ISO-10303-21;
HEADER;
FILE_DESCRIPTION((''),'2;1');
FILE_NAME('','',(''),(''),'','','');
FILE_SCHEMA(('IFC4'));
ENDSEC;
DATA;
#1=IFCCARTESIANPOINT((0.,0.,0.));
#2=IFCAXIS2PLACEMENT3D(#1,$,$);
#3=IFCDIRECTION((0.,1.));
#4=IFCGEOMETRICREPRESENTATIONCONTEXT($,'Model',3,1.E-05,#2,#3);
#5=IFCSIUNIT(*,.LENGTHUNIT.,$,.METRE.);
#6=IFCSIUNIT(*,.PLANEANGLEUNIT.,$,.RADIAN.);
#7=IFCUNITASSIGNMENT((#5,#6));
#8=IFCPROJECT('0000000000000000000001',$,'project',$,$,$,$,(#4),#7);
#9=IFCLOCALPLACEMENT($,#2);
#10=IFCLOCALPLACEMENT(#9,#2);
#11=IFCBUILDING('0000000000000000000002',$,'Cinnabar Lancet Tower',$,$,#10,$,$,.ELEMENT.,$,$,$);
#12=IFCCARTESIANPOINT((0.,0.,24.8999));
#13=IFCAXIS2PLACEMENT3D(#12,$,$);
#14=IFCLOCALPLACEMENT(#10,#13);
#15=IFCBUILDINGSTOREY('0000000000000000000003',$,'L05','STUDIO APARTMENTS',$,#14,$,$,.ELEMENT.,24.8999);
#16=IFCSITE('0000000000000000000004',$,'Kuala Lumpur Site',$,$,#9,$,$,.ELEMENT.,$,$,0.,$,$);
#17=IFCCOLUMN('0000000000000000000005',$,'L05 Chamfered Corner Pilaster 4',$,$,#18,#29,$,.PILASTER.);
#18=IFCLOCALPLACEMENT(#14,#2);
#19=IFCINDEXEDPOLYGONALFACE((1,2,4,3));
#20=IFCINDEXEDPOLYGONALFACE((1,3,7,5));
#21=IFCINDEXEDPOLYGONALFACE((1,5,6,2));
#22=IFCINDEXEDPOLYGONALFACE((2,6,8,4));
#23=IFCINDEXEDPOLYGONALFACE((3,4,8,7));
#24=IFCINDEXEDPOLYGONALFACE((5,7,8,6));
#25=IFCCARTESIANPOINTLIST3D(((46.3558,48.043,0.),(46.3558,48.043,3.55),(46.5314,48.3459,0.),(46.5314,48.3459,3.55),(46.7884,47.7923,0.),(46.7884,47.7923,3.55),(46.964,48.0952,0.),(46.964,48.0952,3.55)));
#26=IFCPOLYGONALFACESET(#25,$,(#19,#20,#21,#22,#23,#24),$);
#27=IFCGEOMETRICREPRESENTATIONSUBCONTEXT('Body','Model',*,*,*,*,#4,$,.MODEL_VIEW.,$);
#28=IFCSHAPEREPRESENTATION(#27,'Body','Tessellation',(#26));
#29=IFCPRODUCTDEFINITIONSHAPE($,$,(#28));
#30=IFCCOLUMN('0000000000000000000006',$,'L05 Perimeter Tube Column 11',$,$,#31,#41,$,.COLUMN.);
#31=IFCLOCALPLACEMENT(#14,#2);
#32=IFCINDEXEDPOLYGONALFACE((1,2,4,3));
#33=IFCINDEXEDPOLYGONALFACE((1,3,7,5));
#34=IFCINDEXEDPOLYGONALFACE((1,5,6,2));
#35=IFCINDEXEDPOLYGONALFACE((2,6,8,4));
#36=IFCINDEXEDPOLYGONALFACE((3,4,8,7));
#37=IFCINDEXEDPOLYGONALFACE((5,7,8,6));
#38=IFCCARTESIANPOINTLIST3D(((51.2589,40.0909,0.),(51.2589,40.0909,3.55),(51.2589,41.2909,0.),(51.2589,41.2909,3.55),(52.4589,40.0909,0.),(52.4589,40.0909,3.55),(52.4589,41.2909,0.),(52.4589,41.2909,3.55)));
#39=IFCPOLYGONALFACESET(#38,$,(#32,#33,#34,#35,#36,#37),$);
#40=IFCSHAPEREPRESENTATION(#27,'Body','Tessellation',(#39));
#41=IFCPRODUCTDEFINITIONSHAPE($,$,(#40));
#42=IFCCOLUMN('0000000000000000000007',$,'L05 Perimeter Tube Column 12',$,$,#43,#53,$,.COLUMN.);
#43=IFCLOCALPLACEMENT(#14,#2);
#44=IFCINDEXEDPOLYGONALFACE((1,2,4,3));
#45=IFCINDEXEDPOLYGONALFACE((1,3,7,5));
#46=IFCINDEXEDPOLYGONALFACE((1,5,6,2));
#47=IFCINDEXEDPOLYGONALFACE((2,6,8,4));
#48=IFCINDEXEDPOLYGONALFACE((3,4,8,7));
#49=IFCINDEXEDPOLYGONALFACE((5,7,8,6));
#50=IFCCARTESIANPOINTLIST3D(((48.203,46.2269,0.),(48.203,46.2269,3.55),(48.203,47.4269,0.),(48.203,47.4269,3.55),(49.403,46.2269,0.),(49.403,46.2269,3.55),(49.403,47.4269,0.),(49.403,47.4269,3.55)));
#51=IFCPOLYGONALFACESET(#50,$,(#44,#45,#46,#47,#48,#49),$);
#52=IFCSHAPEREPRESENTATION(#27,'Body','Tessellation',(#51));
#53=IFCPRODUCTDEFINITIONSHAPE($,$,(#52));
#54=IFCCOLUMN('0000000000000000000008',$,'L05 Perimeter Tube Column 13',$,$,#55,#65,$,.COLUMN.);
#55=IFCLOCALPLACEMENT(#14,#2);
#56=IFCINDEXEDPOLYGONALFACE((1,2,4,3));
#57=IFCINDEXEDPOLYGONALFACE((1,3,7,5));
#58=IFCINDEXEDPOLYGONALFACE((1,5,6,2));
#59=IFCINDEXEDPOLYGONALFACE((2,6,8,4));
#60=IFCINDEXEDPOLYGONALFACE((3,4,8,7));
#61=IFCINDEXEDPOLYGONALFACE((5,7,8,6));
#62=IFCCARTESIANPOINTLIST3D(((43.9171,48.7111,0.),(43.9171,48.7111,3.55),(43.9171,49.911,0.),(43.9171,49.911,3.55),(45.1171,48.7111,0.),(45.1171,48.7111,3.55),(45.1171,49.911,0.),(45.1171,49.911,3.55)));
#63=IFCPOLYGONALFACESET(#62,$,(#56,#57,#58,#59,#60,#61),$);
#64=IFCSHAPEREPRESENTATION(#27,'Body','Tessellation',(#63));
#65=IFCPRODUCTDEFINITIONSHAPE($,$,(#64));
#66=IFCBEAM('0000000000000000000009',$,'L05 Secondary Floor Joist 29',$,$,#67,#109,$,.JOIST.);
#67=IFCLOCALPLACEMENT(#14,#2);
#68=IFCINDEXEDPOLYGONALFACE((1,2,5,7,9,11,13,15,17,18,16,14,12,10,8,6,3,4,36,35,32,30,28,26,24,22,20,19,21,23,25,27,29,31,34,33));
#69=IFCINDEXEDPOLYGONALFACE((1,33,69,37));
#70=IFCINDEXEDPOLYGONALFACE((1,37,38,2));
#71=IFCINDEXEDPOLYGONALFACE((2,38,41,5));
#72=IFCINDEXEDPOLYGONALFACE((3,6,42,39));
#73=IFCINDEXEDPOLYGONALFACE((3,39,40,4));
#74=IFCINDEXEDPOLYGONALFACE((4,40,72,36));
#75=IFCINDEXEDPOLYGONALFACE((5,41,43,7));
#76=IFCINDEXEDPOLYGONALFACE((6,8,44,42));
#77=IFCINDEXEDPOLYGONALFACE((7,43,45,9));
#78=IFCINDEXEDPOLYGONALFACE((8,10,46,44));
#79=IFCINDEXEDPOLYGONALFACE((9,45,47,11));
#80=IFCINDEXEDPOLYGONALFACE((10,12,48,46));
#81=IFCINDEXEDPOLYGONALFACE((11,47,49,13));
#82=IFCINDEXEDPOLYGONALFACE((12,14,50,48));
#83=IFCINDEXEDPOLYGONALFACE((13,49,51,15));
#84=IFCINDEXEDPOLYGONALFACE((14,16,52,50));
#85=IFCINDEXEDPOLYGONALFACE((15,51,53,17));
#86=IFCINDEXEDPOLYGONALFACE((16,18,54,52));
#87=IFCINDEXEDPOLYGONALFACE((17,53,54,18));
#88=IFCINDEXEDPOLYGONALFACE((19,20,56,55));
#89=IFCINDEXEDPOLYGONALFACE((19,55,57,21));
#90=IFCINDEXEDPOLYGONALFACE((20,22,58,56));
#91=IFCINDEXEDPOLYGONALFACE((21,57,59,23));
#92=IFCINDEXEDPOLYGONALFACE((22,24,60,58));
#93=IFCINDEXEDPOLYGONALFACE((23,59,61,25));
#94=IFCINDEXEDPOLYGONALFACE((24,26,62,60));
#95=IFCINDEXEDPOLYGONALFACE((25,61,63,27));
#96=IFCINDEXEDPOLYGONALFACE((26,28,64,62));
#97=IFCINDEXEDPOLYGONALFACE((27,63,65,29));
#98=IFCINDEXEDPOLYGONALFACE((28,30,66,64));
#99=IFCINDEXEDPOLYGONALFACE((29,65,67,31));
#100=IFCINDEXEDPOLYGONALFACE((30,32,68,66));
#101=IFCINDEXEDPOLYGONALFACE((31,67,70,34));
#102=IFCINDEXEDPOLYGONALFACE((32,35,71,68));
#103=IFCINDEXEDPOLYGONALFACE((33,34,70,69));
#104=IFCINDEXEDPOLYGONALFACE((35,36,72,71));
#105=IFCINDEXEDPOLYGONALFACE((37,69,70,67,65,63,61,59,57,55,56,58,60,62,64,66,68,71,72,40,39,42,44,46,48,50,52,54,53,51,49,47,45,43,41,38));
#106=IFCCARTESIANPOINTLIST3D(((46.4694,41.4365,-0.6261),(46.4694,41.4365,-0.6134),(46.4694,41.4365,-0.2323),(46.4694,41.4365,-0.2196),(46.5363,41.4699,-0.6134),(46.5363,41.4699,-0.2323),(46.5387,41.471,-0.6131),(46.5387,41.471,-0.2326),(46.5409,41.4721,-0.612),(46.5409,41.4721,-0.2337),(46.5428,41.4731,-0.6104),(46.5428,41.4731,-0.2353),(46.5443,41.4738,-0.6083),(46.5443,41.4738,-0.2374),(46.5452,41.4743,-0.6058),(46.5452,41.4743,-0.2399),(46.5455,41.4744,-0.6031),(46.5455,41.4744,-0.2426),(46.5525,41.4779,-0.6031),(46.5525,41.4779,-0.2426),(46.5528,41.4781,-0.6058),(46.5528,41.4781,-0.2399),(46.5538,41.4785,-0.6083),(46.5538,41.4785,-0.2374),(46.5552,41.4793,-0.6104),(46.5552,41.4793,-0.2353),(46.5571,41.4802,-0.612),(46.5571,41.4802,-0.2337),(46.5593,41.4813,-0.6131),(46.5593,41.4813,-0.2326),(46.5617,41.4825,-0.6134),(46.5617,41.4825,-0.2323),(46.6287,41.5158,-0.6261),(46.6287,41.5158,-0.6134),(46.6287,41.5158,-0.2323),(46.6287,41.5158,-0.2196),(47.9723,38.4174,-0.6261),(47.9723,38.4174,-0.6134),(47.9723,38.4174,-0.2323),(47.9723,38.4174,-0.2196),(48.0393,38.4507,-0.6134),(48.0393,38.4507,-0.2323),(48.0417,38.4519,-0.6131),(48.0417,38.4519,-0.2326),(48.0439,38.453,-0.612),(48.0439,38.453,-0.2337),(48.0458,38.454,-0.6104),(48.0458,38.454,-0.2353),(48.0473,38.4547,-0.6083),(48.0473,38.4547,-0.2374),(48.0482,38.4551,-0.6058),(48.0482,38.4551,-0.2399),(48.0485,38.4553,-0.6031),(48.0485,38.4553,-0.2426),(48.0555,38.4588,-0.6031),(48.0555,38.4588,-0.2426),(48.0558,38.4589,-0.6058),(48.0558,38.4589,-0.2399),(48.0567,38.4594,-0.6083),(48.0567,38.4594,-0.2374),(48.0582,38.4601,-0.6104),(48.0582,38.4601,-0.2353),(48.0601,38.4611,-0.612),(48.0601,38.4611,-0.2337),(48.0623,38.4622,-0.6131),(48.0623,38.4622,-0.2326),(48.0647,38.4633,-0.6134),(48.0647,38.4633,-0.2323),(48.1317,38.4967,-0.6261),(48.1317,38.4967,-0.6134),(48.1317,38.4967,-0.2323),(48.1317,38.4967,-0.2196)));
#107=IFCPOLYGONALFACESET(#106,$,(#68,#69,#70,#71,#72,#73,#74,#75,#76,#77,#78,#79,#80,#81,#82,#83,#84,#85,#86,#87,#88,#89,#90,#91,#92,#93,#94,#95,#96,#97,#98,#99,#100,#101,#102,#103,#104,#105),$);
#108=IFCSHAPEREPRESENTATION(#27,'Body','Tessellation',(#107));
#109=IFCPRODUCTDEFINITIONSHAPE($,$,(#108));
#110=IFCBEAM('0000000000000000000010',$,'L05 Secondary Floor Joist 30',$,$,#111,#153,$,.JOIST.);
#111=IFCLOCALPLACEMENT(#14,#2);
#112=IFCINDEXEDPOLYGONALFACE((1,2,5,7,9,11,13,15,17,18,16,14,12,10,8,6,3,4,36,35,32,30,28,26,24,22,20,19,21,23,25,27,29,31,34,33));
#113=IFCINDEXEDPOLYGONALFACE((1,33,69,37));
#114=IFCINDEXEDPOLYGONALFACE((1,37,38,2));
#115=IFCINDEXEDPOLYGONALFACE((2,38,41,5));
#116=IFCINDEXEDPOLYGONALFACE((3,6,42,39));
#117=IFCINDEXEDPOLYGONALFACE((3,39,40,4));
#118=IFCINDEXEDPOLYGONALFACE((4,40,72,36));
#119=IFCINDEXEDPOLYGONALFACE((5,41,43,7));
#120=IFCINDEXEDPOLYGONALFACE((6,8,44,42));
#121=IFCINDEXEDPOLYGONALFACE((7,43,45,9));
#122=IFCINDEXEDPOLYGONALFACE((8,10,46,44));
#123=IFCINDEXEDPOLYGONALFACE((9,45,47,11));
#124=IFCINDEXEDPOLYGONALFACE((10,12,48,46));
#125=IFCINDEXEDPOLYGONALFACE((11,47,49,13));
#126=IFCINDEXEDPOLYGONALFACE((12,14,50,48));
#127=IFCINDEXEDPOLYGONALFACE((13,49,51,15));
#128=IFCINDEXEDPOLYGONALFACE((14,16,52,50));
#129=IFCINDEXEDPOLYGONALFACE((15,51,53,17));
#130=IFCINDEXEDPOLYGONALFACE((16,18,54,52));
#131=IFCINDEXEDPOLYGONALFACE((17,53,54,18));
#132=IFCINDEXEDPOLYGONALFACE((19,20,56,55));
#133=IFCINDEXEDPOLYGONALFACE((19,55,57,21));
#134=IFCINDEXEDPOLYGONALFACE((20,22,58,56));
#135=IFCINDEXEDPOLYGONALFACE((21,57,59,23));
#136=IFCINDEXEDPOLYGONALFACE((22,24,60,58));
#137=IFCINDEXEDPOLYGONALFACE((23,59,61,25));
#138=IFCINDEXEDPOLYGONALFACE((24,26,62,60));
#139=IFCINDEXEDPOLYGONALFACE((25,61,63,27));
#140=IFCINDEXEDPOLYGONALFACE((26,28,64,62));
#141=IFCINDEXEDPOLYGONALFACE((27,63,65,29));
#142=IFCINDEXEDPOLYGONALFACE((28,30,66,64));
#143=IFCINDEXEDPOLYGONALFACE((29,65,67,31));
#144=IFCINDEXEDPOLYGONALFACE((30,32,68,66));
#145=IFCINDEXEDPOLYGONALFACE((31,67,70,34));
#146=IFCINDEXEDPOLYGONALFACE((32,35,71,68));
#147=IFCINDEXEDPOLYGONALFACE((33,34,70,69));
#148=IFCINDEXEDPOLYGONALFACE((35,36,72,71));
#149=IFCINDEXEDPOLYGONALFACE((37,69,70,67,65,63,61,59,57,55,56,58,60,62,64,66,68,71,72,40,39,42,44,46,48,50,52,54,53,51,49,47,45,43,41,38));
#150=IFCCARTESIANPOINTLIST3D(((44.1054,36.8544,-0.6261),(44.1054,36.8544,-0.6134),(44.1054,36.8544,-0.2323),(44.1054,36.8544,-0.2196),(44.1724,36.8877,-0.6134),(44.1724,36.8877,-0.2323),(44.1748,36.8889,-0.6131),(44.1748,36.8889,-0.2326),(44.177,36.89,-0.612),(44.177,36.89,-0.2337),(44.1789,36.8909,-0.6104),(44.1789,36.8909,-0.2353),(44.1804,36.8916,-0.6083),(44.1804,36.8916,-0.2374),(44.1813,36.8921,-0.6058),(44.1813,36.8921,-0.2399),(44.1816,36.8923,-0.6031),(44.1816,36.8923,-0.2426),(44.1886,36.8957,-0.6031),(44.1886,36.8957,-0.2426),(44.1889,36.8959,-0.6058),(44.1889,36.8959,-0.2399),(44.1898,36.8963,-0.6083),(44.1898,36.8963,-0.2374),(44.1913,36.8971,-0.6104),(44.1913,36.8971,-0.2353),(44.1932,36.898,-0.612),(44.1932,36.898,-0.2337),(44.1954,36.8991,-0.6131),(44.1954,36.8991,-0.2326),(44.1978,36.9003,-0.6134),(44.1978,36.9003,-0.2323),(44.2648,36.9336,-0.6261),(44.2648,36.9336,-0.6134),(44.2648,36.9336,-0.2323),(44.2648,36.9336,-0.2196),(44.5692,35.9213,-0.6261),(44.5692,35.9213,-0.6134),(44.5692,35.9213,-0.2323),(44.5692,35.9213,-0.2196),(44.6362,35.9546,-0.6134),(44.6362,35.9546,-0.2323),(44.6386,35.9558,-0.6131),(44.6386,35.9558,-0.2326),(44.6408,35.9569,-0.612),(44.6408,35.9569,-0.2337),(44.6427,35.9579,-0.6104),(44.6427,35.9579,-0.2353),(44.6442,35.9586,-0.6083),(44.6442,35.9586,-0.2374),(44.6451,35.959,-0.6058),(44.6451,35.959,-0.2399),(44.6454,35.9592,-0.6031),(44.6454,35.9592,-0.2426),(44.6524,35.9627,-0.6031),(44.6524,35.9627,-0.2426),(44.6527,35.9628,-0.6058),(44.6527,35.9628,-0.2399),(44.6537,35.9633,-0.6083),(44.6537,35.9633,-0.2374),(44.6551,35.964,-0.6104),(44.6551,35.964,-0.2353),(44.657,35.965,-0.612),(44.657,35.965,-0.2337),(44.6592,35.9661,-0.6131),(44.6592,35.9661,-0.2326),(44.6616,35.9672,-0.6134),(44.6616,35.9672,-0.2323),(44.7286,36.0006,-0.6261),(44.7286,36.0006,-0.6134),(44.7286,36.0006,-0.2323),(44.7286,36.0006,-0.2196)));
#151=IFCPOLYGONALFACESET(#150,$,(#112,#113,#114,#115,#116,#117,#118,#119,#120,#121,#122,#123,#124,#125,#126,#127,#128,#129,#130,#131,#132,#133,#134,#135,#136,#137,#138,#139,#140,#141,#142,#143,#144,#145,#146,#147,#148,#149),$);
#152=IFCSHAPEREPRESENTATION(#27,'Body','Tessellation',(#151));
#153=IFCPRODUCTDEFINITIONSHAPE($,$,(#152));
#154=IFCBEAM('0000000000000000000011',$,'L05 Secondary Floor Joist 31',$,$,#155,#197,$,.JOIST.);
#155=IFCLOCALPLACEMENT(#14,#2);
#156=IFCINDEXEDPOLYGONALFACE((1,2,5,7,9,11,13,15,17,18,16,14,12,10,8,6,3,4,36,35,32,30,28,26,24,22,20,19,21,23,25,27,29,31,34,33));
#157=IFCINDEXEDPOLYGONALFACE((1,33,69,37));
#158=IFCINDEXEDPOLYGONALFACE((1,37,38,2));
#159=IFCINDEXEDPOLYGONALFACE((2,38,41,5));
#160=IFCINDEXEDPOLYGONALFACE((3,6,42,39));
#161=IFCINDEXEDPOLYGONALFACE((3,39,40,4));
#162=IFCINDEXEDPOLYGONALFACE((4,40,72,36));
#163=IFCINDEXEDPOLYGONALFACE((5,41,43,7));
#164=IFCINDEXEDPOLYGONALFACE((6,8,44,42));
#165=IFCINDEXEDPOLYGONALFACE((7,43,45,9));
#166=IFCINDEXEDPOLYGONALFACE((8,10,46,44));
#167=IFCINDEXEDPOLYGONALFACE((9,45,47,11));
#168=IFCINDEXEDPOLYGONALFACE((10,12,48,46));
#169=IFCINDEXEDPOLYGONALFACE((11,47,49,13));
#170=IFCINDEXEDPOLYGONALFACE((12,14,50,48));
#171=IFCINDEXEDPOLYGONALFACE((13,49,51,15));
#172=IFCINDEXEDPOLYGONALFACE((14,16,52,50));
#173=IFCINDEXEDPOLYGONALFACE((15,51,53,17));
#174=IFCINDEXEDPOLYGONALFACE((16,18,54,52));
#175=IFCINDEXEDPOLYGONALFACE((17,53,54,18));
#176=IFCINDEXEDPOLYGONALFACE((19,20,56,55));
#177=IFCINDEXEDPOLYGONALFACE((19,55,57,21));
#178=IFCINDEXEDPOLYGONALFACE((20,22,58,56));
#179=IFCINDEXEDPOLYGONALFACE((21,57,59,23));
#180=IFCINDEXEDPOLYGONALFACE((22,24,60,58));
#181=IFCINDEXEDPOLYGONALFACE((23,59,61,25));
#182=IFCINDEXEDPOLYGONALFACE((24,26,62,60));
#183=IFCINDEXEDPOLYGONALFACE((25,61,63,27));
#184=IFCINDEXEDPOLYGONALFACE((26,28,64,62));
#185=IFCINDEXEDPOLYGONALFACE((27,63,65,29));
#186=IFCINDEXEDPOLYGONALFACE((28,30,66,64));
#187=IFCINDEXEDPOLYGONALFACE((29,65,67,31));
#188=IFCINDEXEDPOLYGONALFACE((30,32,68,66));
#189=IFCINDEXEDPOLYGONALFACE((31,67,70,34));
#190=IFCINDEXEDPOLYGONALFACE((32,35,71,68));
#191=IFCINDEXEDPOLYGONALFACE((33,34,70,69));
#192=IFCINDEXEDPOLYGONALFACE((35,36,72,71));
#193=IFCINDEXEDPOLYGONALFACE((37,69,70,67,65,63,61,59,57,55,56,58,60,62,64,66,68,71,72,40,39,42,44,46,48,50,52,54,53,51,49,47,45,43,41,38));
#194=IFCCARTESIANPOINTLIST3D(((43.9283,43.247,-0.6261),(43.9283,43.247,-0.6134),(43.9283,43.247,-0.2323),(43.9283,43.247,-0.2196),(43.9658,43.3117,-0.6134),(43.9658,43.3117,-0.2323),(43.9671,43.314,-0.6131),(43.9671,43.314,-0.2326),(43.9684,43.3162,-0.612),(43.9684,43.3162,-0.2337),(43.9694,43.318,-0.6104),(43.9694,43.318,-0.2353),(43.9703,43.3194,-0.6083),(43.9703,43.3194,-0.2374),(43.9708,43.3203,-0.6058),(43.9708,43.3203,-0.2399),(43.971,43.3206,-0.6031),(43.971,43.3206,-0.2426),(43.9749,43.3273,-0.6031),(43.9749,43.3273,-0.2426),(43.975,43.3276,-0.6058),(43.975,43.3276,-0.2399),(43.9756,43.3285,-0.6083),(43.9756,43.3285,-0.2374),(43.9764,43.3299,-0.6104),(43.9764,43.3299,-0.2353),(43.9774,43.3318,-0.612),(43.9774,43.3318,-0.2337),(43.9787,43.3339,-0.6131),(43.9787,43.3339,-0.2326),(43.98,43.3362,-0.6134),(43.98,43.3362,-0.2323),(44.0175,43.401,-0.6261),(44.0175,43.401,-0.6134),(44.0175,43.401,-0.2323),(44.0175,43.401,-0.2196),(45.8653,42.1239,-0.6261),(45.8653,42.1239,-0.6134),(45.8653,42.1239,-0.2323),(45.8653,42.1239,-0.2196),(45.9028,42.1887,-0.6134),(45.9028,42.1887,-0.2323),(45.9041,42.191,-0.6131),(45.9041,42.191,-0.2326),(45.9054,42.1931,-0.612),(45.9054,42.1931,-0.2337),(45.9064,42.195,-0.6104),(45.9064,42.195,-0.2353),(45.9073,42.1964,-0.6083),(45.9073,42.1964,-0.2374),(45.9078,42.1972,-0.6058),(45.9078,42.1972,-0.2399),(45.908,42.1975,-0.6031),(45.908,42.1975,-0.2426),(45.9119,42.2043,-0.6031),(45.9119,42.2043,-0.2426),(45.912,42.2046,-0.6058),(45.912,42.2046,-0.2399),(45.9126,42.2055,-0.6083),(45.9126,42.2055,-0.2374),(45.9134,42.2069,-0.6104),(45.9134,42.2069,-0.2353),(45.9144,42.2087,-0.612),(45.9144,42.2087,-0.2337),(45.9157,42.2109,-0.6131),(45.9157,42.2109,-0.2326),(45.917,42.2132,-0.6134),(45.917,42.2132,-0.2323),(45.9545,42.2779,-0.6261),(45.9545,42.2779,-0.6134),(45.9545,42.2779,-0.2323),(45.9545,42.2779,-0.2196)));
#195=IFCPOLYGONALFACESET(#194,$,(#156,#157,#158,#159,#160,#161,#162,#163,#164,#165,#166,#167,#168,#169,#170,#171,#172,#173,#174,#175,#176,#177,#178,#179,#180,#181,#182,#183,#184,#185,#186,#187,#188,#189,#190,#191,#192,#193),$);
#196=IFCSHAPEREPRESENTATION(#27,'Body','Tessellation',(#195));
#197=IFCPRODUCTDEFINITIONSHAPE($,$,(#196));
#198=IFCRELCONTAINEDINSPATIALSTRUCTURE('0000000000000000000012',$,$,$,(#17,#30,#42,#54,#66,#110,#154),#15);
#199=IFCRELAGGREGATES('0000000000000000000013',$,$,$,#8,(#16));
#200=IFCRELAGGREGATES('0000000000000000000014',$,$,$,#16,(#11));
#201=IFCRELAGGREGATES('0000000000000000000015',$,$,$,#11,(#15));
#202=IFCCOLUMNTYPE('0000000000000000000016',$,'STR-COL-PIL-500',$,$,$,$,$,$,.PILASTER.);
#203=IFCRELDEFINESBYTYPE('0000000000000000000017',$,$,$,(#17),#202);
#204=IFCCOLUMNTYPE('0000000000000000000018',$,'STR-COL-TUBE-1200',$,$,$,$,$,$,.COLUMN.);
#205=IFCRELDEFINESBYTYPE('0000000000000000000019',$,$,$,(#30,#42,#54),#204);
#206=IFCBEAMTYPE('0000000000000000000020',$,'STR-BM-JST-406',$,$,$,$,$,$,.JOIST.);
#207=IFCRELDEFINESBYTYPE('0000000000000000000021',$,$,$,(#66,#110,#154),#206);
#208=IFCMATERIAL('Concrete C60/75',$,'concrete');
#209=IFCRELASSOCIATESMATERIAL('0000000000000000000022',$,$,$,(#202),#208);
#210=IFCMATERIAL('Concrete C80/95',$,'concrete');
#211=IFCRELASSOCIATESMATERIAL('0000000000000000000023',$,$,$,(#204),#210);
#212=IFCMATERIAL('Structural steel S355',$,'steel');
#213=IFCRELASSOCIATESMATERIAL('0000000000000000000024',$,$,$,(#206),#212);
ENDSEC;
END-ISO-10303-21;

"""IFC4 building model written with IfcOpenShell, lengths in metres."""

from ifc_helpers import new_model, si_unit, direction, frame, origin, origin_2d, place, context, subcontext, project, spatial, rectangle, i_section, extrude, material, material_profile, profile_set, type_object, element, save


model = new_model("IFC4")

# Units and contexts
model_context = context("Model", 3, precision=1e-05, world=origin(), true_north=direction((0.0, 1.0)))
body_context = subcontext(model_context, "Body", "Model", "MODEL_VIEW")
ifc_project = project(units=[si_unit("LENGTHUNIT", "METRE"), si_unit("PLANEANGLEUNIT", "RADIAN")], contexts=[model_context])

# Site, building, storey
site_placement = place(None, origin())
site = spatial("IfcSite", under=ifc_project, at=site_placement, Name="Kuala Lumpur Site", CompositionType="ELEMENT", RefElevation=0.0)
building_placement = place(site_placement, origin())
building = spatial("IfcBuilding", under=site, at=building_placement, Name="Cinnabar Lancet Tower", CompositionType="ELEMENT")
storey_placement = place(building_placement, frame((0.0, 0.0, 24.8999)))
storey = spatial("IfcBuildingStorey", under=building, at=storey_placement, Name="L05", Description="STUDIO APARTMENTS", CompositionType="ELEMENT", Elevation=24.8999)

# Columns
ifc_material_1 = material(Name="Concrete C60/75", Category="concrete")
ifc_material_profile_1 = material_profile(ifc_material_1, rectangle(XDim=0.5, YDim=0.3501, at=origin_2d()), Name="RC-PIL 500x350")
ifc_profile_set_1 = profile_set([ifc_material_profile_1], Name="Concrete C60/75")
column_type_1 = type_object("IfcColumnType", Name="STR-COL-PIL-500", PredefinedType="PILASTER", material=ifc_profile_set_1)
column_placement = place(storey_placement, frame((46.6599, 48.0691, 0.0), z_axis=(0.0, 0.0, 1.0), x_axis=(-0.865195, 0.501435, 0.0)))
element("IfcColumn", 1, at=column_placement, inside=storey, type_object=column_type_1, Name="L05 Chamfered Corner Pilaster 4", PredefinedType="PILASTER", context=body_context, shape_type="SweptSolid", body=[
    extrude(rectangle(XDim=0.5, YDim=0.3501, at=origin_2d()), origin(), (0.0, 0.0, 1.0), 3.55),
])
ifc_material_2 = material(Name="Concrete C80/95", Category="concrete")
ifc_material_profile_2 = material_profile(ifc_material_2, rectangle(XDim=1.2, YDim=1.2, at=origin_2d()), Name="RC-COL 1200x1200")
ifc_profile_set_2 = profile_set([ifc_material_profile_2], Name="Concrete C80/95")
column_type_2 = type_object("IfcColumnType", Name="STR-COL-TUBE-1200", PredefinedType="COLUMN", material=ifc_profile_set_2)
for number, where, z_axis, x_axis, name in (
    (2, (51.8589, 40.6909, 0.0), (0.0, 0.0, 1.0), (1.0, 0.0, 0.0), "L05 Perimeter Tube Column 11"),
    (3, (48.803, 46.8269, 0.0), (0.0, 0.0, 1.0), (1.0, 0.0, 0.0), "L05 Perimeter Tube Column 12"),
    (4, (44.5171, 49.311, 0.0), (0.0, 0.0, 1.0), (1.0, 0.0, 0.0), "L05 Perimeter Tube Column 13"),
):
    element("IfcColumn", number, at=place(storey_placement, frame(where, z_axis=z_axis, x_axis=x_axis)), inside=storey, type_object=column_type_2, Name=name, PredefinedType="COLUMN", context=body_context, shape_type="SweptSolid", body=[
        extrude(rectangle(XDim=1.2, YDim=1.2, at=origin_2d()), origin(), (0.0, 0.0, 1.0), 3.55),
    ])

# Beams
ifc_material_3 = material(Name="Structural steel S355", Category="steel")
ifc_material_profile_3 = material_profile(ifc_material_3, i_section(OverallWidth=0.178, OverallDepth=0.4065, WebThickness=0.0078, FlangeThickness=0.0127, FilletRadius=0.0103, at=origin_2d()), Name="UKB 406x178x60")
ifc_profile_set_3 = profile_set([ifc_material_profile_3], Name="Structural steel S355")
beam_type_1 = type_object("IfcBeamType", Name="STR-BM-JST-406", PredefinedType="JOIST", material=ifc_profile_set_3)
beam_1_placement = place(storey_placement, frame((48.052, 38.457, -0.4229), z_axis=(-0.445649, 0.895208, 0.0), x_axis=(-0.895208, -0.445649, 0.0)))
element("IfcBeam", 5, at=beam_1_placement, inside=storey, type_object=beam_type_1, Name="L05 Secondary Floor Joist 29", PredefinedType="JOIST", context=body_context, shape_type="SweptSolid", body=[
    extrude(i_section(OverallWidth=0.178, OverallDepth=0.4065, WebThickness=0.0078, FlangeThickness=0.0127, FilletRadius=0.0103, at=origin_2d()), origin(), (0.0, 0.0, 1.0), 3.3726),
])
beam_2_placement = place(storey_placement, frame((44.6489, 35.9609, -0.4229), z_axis=(-0.445151, 0.895456, 0.0), x_axis=(-0.895456, -0.445151, 0.0)))
element("IfcBeam", 6, at=beam_2_placement, inside=storey, type_object=beam_type_1, Name="L05 Secondary Floor Joist 30", PredefinedType="JOIST", context=body_context, shape_type="SweptSolid", body=[
    extrude(i_section(OverallWidth=0.178, OverallDepth=0.4065, WebThickness=0.0078, FlangeThickness=0.0127, FilletRadius=0.0103, at=origin_2d()), origin(), (0.0, 0.0, 1.0), 1.042),
])
beam_3_placement = place(storey_placement, frame((45.9099, 42.2009, -0.4229), z_axis=(-0.865113, 0.501578, 0.0), x_axis=(-0.501578, -0.865113, 0.0)))
element("IfcBeam", 7, at=beam_3_placement, inside=storey, type_object=beam_type_1, Name="L05 Secondary Floor Joist 31", PredefinedType="JOIST", context=body_context, shape_type="SweptSolid", body=[
    extrude(i_section(OverallWidth=0.178, OverallDepth=0.4065, WebThickness=0.0078, FlangeThickness=0.0127, FilletRadius=0.0103, at=origin_2d()), origin(), (0.0, 0.0, 1.0), 2.239),
])

save(model, "model.ifc")
